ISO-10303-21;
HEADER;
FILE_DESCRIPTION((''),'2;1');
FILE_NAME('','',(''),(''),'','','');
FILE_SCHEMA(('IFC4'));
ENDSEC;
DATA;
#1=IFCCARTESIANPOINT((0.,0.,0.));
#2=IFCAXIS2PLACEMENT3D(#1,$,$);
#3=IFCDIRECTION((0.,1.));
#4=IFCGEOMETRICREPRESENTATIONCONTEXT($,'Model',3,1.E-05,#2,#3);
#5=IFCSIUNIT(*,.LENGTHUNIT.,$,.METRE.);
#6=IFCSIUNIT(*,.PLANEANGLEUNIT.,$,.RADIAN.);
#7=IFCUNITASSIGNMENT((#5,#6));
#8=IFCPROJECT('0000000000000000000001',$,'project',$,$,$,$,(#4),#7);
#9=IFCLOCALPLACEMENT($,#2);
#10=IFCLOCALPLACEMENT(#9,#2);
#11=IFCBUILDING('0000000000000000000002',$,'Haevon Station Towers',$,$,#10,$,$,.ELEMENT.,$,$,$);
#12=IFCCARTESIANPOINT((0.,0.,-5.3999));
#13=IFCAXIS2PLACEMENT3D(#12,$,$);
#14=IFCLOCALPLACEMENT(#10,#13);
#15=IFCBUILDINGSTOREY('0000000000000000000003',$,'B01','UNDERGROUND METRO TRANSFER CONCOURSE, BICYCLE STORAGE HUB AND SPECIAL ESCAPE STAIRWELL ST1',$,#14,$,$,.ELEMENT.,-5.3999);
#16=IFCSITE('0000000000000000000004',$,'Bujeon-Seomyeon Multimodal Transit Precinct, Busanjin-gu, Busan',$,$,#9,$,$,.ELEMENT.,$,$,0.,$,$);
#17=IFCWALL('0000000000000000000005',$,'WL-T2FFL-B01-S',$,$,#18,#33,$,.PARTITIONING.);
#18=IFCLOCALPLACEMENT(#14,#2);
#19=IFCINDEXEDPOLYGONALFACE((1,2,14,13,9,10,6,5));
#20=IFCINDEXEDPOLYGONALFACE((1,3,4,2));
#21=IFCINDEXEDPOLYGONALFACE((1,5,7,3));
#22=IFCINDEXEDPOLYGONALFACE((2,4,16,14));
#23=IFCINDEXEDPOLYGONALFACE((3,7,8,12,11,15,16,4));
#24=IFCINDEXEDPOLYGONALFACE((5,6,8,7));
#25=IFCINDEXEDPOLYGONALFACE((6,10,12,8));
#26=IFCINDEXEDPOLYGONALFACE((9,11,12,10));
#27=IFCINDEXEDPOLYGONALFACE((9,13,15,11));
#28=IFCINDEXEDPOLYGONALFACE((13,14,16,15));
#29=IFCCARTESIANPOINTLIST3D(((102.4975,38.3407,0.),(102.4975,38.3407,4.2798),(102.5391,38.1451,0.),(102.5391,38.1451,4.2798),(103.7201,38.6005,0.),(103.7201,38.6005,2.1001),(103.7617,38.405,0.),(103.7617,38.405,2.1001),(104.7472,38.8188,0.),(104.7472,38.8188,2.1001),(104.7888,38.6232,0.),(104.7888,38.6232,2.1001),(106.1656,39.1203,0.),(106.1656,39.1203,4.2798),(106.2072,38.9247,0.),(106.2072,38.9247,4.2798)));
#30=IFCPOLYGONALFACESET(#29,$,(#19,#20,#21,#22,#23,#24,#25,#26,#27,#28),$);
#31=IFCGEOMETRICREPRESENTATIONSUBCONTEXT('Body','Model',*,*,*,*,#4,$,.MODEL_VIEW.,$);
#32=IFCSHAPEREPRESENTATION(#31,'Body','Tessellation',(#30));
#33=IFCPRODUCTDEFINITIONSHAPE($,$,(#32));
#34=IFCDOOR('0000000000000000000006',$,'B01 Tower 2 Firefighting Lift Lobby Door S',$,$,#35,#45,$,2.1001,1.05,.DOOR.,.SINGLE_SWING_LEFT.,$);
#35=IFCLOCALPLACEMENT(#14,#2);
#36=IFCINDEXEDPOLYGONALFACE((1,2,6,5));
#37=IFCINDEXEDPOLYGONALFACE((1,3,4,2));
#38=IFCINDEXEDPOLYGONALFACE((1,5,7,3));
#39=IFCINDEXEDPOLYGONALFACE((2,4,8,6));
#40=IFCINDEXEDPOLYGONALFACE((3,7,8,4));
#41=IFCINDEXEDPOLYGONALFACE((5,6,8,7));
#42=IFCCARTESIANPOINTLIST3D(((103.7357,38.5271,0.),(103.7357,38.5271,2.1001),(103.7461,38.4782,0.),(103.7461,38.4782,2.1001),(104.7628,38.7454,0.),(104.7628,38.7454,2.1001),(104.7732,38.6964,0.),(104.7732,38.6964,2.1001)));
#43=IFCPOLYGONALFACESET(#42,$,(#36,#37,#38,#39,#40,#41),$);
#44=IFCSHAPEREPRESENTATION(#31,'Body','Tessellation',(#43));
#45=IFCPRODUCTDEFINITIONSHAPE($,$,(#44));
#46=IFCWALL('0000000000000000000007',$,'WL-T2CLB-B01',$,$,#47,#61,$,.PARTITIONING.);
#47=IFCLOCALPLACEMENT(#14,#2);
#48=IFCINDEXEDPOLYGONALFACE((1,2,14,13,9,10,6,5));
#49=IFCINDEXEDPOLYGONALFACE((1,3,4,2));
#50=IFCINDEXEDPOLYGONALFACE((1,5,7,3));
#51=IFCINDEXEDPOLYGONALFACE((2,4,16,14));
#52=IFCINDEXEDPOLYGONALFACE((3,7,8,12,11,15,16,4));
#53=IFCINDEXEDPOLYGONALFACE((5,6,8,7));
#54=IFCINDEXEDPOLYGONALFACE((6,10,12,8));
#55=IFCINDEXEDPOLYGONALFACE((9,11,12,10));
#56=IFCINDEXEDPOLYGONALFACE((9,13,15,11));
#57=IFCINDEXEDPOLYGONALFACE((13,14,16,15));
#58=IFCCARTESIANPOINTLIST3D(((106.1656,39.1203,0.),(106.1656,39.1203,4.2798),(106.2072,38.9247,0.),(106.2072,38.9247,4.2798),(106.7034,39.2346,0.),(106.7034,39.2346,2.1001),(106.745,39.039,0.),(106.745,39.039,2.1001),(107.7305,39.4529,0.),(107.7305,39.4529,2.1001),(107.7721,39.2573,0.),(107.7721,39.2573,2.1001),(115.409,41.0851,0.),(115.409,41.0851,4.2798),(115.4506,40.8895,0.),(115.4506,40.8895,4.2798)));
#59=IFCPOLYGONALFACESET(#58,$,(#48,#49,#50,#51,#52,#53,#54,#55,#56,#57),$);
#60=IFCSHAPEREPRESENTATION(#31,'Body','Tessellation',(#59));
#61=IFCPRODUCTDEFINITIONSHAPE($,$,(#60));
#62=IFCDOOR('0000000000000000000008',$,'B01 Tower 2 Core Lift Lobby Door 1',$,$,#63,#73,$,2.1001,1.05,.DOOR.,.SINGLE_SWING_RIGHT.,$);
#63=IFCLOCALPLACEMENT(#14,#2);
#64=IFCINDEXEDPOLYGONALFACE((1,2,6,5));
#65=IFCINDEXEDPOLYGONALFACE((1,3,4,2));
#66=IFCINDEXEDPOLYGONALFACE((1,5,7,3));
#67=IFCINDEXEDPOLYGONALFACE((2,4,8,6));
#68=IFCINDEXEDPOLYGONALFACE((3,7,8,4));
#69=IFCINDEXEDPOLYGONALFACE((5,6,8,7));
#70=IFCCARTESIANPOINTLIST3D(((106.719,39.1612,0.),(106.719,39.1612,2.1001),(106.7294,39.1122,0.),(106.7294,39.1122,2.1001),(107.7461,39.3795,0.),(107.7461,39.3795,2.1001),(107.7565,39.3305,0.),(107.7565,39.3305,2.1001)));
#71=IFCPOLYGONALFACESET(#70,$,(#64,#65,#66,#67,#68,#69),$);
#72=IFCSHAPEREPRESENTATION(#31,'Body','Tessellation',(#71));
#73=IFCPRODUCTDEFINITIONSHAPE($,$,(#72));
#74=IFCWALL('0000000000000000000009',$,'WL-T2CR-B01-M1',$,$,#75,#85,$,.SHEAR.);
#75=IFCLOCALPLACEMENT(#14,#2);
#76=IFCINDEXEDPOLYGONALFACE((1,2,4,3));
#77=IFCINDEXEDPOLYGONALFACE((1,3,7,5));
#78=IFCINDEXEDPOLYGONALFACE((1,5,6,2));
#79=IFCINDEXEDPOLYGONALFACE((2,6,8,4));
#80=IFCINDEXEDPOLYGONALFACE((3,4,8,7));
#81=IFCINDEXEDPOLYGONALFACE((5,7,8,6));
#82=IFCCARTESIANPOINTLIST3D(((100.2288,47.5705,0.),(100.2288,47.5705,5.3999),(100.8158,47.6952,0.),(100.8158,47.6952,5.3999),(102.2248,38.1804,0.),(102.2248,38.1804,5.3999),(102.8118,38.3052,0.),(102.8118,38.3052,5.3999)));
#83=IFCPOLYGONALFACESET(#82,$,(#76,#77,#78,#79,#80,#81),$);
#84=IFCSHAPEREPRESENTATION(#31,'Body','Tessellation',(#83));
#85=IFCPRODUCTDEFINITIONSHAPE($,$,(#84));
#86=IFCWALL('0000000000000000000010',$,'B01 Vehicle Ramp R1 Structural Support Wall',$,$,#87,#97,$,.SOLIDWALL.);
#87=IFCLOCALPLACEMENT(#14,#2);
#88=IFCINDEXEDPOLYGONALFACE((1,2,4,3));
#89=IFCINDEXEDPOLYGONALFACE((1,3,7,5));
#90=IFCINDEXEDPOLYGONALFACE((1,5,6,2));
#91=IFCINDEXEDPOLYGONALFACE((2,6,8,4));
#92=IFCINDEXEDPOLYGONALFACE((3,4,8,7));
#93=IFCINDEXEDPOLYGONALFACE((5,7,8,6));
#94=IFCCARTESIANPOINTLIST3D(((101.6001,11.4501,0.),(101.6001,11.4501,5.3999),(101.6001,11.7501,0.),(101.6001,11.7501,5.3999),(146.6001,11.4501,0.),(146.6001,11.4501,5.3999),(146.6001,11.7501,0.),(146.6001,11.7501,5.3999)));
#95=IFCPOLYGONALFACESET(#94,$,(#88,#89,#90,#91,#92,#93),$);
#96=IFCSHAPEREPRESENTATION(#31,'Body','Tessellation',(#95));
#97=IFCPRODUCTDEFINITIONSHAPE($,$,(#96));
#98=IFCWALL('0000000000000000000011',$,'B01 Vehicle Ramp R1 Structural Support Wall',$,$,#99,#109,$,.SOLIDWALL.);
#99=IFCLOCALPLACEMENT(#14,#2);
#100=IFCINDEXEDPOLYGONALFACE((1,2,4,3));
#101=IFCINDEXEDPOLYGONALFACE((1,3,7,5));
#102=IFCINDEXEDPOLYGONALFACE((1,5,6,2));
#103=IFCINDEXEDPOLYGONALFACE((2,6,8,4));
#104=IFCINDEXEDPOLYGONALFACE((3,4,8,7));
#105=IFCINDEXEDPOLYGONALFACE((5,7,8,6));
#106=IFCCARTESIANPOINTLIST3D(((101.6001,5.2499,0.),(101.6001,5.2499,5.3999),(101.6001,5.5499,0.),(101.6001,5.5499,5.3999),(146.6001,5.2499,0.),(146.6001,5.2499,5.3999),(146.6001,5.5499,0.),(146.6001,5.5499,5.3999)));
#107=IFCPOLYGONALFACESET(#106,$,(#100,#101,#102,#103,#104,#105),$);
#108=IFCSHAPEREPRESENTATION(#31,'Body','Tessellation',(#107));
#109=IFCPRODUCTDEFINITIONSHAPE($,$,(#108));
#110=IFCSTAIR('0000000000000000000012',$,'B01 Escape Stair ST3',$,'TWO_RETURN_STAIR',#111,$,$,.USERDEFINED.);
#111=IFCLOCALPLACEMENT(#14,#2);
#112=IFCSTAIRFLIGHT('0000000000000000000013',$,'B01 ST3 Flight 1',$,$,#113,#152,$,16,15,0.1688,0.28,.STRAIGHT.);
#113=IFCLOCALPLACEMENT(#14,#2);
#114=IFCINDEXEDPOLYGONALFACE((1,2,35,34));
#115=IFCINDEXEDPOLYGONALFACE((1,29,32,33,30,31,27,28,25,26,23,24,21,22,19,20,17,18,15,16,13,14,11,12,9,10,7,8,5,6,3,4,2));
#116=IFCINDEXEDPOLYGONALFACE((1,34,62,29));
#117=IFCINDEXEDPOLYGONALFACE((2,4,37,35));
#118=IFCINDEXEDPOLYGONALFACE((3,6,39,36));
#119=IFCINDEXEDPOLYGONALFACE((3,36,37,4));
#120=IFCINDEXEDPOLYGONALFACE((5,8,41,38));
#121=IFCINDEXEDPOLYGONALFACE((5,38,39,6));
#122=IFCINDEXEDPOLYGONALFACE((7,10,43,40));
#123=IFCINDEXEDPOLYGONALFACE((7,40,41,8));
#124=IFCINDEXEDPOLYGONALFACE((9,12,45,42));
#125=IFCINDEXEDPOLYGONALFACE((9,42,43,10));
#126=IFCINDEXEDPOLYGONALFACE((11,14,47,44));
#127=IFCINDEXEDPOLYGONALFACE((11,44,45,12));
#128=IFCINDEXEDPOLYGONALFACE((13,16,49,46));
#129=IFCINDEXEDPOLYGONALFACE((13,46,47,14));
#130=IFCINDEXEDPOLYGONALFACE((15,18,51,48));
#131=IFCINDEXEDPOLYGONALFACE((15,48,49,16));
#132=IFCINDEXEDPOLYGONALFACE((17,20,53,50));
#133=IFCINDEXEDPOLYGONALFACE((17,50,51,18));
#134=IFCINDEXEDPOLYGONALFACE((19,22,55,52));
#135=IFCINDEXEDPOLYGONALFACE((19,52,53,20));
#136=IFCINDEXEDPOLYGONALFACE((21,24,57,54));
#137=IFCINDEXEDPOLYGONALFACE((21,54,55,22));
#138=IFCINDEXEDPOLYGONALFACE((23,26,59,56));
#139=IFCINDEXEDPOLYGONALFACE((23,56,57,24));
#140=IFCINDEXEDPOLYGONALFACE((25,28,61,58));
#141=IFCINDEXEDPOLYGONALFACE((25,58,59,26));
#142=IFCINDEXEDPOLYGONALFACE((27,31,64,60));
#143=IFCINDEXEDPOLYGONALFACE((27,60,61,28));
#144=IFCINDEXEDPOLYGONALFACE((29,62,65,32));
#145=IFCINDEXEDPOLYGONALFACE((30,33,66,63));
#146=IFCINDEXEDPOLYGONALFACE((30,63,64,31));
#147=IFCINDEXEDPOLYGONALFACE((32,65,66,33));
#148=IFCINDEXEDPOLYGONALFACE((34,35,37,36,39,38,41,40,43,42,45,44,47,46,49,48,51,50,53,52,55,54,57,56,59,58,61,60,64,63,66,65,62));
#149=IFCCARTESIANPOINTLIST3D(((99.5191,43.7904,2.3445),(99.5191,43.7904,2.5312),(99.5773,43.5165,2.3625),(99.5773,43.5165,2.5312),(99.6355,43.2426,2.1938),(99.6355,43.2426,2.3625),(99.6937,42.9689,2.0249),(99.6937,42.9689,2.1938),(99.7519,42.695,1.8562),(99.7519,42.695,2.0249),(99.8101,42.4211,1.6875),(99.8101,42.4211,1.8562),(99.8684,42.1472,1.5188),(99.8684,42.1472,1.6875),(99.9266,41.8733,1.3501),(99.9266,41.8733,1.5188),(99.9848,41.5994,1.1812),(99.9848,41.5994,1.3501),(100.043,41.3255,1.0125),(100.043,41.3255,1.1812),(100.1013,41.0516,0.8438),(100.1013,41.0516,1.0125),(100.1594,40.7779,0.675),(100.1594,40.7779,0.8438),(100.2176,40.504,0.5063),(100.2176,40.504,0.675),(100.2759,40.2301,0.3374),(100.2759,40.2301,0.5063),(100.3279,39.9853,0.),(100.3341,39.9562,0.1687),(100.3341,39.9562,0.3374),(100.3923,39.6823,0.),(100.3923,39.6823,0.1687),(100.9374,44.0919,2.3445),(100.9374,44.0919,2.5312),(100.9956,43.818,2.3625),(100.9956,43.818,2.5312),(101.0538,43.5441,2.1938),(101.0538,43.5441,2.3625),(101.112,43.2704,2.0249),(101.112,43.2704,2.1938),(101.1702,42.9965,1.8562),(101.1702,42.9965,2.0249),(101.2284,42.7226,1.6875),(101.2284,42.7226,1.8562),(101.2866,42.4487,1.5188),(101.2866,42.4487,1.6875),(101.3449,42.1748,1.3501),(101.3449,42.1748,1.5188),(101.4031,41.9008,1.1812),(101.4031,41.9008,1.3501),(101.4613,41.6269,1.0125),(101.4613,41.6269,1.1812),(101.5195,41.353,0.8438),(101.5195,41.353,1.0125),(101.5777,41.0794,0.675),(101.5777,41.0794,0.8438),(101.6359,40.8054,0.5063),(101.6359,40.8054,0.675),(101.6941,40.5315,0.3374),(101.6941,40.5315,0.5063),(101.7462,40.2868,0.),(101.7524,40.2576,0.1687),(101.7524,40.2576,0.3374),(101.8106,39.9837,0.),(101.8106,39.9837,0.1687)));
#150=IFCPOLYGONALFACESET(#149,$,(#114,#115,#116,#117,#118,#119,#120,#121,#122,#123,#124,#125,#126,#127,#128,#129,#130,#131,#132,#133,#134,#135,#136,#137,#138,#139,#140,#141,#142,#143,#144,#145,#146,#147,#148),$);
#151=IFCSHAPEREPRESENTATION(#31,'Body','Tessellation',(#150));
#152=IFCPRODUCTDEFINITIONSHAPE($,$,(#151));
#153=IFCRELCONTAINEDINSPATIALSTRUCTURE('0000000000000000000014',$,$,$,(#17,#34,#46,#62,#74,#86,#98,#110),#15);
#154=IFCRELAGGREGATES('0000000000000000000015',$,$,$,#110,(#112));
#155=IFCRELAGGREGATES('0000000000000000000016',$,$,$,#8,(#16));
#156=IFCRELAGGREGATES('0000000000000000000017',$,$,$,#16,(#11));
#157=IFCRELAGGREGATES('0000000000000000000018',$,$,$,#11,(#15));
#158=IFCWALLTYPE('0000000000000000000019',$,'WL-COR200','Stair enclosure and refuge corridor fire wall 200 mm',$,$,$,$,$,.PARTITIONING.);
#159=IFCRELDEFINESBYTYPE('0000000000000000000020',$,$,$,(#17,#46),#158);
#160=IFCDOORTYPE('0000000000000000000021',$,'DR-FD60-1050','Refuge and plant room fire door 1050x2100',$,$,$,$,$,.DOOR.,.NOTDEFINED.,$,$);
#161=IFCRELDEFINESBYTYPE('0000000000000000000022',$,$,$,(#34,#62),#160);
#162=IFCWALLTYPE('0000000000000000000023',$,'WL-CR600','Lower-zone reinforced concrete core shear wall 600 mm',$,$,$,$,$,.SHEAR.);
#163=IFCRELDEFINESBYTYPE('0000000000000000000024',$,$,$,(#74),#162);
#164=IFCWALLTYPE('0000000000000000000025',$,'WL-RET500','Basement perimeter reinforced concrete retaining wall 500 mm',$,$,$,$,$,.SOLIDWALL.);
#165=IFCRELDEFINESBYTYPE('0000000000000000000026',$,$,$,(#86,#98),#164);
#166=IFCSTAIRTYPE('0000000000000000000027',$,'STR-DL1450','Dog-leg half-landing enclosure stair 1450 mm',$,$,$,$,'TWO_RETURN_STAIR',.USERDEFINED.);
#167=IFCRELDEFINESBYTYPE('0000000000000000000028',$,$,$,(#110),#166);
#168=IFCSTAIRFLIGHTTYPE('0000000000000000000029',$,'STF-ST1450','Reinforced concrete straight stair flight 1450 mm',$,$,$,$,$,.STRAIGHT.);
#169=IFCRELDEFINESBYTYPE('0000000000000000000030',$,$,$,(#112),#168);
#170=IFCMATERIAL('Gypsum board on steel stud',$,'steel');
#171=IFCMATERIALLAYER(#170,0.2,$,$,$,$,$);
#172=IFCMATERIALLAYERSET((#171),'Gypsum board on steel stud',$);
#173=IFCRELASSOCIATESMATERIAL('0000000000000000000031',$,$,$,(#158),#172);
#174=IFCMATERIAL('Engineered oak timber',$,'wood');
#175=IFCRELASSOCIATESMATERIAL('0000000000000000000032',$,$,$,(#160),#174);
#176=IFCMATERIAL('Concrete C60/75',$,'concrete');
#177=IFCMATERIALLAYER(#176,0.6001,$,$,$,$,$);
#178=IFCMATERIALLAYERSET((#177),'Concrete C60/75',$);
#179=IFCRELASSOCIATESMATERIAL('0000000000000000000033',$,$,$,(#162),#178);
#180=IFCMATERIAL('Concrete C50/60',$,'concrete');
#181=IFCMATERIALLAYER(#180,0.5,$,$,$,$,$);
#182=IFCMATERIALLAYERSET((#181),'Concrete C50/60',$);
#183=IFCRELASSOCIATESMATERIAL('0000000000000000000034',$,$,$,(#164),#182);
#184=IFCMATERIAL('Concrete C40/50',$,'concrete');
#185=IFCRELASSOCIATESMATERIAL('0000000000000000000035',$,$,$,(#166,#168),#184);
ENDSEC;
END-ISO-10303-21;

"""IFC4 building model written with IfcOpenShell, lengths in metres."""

from ifc_helpers import new_model, si_unit, direction, frame, frame_2d, origin, place, context, subcontext, project, spatial, polyline, rectangle, outline, extrude, material, layer, layer_set, type_object, element, fill, aggregate, save


model = new_model("IFC4")

# Units and contexts
model_context = context("Model", 3, precision=1e-05, world=origin(), true_north=direction((0.0, 1.0)))
body_context = subcontext(model_context, "Body", "Model", "MODEL_VIEW")
ifc_project = project(units=[si_unit("LENGTHUNIT", "METRE"), si_unit("PLANEANGLEUNIT", "RADIAN")], contexts=[model_context])

# Site, building, storey
site_placement = place(None, origin())
site = spatial("IfcSite", under=ifc_project, at=site_placement, Name="Bujeon-Seomyeon Multimodal Transit Precinct, Busanjin-gu, Busan", CompositionType="ELEMENT", RefElevation=0.0)
building_placement = place(site_placement, origin())
building = spatial("IfcBuilding", under=site, at=building_placement, Name="Haevon Station Towers", CompositionType="ELEMENT")
storey_placement = place(building_placement, frame((0.0, 0.0, -5.3999)))
storey = spatial("IfcBuildingStorey", under=building, at=storey_placement, Name="B01", Description="UNDERGROUND METRO TRANSFER CONCOURSE, BICYCLE STORAGE HUB AND SPECIAL ESCAPE STAIRWELL ST1", CompositionType="ELEMENT", Elevation=-5.3999)

# Shared definitions
ifc_material_1 = material(Name="Concrete C40/50", Category="concrete")

# Walls, openings, doors
ifc_material_2 = material(Name="Gypsum board on steel stud", Category="steel")
ifc_layer_1 = layer(ifc_material_2, 0.2)
ifc_layer_set_1 = layer_set([ifc_layer_1], Name="Gypsum board on steel stud")
wall_type_1 = type_object("IfcWallType", Name="WL-COR200", Description="Stair enclosure and refuge corridor fire wall 200 mm", PredefinedType="PARTITIONING", material=ifc_layer_set_1)
ifc_material_3 = material(Name="Engineered oak timber", Category="wood")
door_type = type_object("IfcDoorType", Name="DR-FD60-1050", Description="Refuge and plant room fire door 1050x2100", OperationType="NOTDEFINED", PredefinedType="DOOR", material=ifc_material_3)
wall_1_placement = place(storey_placement, frame((102.5183, 38.2429, 0.0), z_axis=(0.0, 0.0, 1.0), x_axis=(0.978154, 0.207884, 0.0)))
wall_1 = element("IfcWall", 1, at=wall_1_placement, inside=storey, type_object=wall_type_1, Name="WL-T2FFL-B01-S", PredefinedType="PARTITIONING", context=body_context, shape_type="SweptSolid", body=[
    extrude(rectangle(XDim=3.75, YDim=0.2, at=frame_2d((1.875, 0.0))), origin(), (0.0, 0.0, 1.0), 4.2798),
])
opening_1_placement = place(wall_1_placement, frame((1.25, 0.0, 0.0)))
opening_1 = element("IfcOpeningElement", 2, at=opening_1_placement, cuts=wall_1, PredefinedType="OPENING", context=body_context, shape_type="SweptSolid", body=[
    extrude(rectangle(XDim=1.05, YDim=2.1001, at=frame_2d((0.5249, 1.05))), frame((0.0, 0.1099, 0.0), z_axis=(0.0, -1.0, 0.0), x_axis=(1.0, 0.0, 0.0)), (0.0, 0.0, 1.0), 0.22),
])
door_1_placement = place(opening_1_placement, origin())
door_1 = element("IfcDoor", 3, at=door_1_placement, inside=storey, type_object=door_type, Name="B01 Tower 2 Firefighting Lift Lobby Door S", OperationType="SINGLE_SWING_LEFT", OverallHeight=2.1001, OverallWidth=1.05, PredefinedType="DOOR", context=body_context, shape_type="SweptSolid", body=[
    extrude(rectangle(XDim=1.05, YDim=2.1001, at=frame_2d((0.5249, 1.05))), frame((0.0, 0.0249, 0.0), z_axis=(0.0, -1.0, 0.0), x_axis=(1.0, 0.0, 0.0)), (0.0, 0.0, 1.0), 0.05),
])
fill(opening_1, door_1)
wall_2_placement = place(storey_placement, frame((106.1863, 39.0225, 0.0), z_axis=(0.0, 0.0, 1.0), x_axis=(0.978146, 0.207921, 0.0)))
wall_2 = element("IfcWall", 4, at=wall_2_placement, inside=storey, type_object=wall_type_1, Name="WL-T2CLB-B01", PredefinedType="PARTITIONING", context=body_context, shape_type="SweptSolid", body=[
    extrude(rectangle(XDim=9.45, YDim=0.2, at=frame_2d((4.7251, 0.0))), origin(), (0.0, 0.0, 1.0), 4.2798),
])
opening_2_placement = place(wall_2_placement, frame((0.55, 0.0, 0.0)))
opening_2 = element("IfcOpeningElement", 5, at=opening_2_placement, cuts=wall_2, PredefinedType="OPENING", context=body_context, shape_type="SweptSolid", body=[
    extrude(rectangle(XDim=1.05, YDim=2.1001, at=frame_2d((0.5249, 1.05))), frame((0.0, 0.1099, 0.0), z_axis=(0.0, -1.0, 0.0), x_axis=(1.0, 0.0, 0.0)), (0.0, 0.0, 1.0), 0.22),
])
door_2_placement = place(opening_2_placement, origin())
door_2 = element("IfcDoor", 6, at=door_2_placement, inside=storey, type_object=door_type, Name="B01 Tower 2 Core Lift Lobby Door 1", OperationType="SINGLE_SWING_RIGHT", OverallHeight=2.1001, OverallWidth=1.05, PredefinedType="DOOR", context=body_context, shape_type="SweptSolid", body=[
    extrude(rectangle(XDim=1.05, YDim=2.1001, at=frame_2d((0.5249, 1.05))), frame((0.0, 0.0249, 0.0), z_axis=(0.0, -1.0, 0.0), x_axis=(1.0, 0.0, 0.0)), (0.0, 0.0, 1.0), 0.05),
])
fill(opening_2, door_2)

# Walls
ifc_material_4 = material(Name="Concrete C60/75", Category="concrete")
ifc_layer_2 = layer(ifc_material_4, 0.6001)
ifc_layer_set_2 = layer_set([ifc_layer_2], Name="Concrete C60/75")
wall_type_2 = type_object("IfcWallType", Name="WL-CR600", Description="Lower-zone reinforced concrete core shear wall 600 mm", PredefinedType="SHEAR", material=ifc_layer_set_2)
wall_3_placement = place(storey_placement, frame((102.5183, 38.2429, 0.0), z_axis=(0.0, 0.0, 1.0), x_axis=(-0.207927, 0.978144, 0.0)))
element("IfcWall", 7, at=wall_3_placement, inside=storey, type_object=wall_type_2, Name="WL-T2CR-B01-M1", PredefinedType="SHEAR", context=body_context, shape_type="SweptSolid", body=[
    extrude(rectangle(XDim=9.5999, YDim=0.6001, at=frame_2d((4.7998, 0.0))), origin(), (0.0, 0.0, 1.0), 5.3999),
])
ifc_material_5 = material(Name="Concrete C50/60", Category="concrete")
ifc_layer_3 = layer(ifc_material_5, 0.5)
ifc_layer_set_3 = layer_set([ifc_layer_3], Name="Concrete C50/60")
wall_type_3 = type_object("IfcWallType", Name="WL-RET500", Description="Basement perimeter reinforced concrete retaining wall 500 mm", PredefinedType="SOLIDWALL", material=ifc_layer_set_3)
for number, where, z_axis, x_axis, name in (
    (8, (101.6001, 11.6001, 0.0), (0.0, 0.0, 1.0), (1.0, 0.0, 0.0), "B01 Vehicle Ramp R1 Structural Support Wall"),
    (9, (101.6001, 5.3999, 0.0), (0.0, 0.0, 1.0), (1.0, 0.0, 0.0), "B01 Vehicle Ramp R1 Structural Support Wall"),
):
    element("IfcWall", number, at=place(storey_placement, frame(where, z_axis=z_axis, x_axis=x_axis)), inside=storey, type_object=wall_type_3, Name=name, PredefinedType="SOLIDWALL", context=body_context, shape_type="SweptSolid", body=[
        extrude(rectangle(XDim=45.0, YDim=0.3, at=frame_2d((22.5, 0.0))), origin(), (0.0, 0.0, 1.0), 5.3999),
    ])

# Stair, stair flight
stair_type = type_object("IfcStairType", Name="STR-DL1450", Description="Dog-leg half-landing enclosure stair 1450 mm", ElementType="TWO_RETURN_STAIR", PredefinedType="USERDEFINED", material=ifc_material_1)
stair_placement = place(storey_placement, origin())
stair = element("IfcStair", 10, at=stair_placement, inside=storey, type_object=stair_type, Name="B01 Escape Stair ST3", ObjectType="TWO_RETURN_STAIR", PredefinedType="USERDEFINED")
stair_flight_type = type_object("IfcStairFlightType", Name="STF-ST1450", Description="Reinforced concrete straight stair flight 1450 mm", PredefinedType="STRAIGHT", material=ifc_material_1)
stair_flight_placement = place(storey_placement, frame((101.1016, 39.833, 0.0), z_axis=(0.0, 0.0, 1.0), x_axis=(-0.207912, 0.978148, 0.0)))
stair_flight = element("IfcStairFlight", 11, at=stair_flight_placement, type_object=stair_flight_type, Name="B01 ST3 Flight 1", NumberOfRisers=16, NumberOfTreads=15, PredefinedType="STRAIGHT", RiserHeight=0.1688, TreadLength=0.28, context=body_context, shape_type="SweptSolid", body=[
    extrude(outline(polyline([(0.0, 0.0), (0.0, 0.1687), (0.28, 0.1687), (0.28, 0.3374), (0.5601, 0.3374), (0.5601, 0.5063), (0.8401, 0.5063), (0.8401, 0.675), (1.1201, 0.675), (1.1201, 0.8438), (1.3999, 0.8438), (1.3999, 1.0125), (1.6799, 1.0125), (1.6799, 1.1812), (1.96, 1.1812), (1.96, 1.3501), (2.24, 1.3501), (2.24, 1.5188), (2.52, 1.5188), (2.52, 1.6875), (2.8, 1.6875), (2.8, 1.8562), (3.0801, 1.8562), (3.0801, 2.0249), (3.3601, 2.0249), (3.3601, 2.1938), (3.6399, 2.1938), (3.6399, 2.3625), (3.9199, 2.3625), (3.9199, 2.5312), (4.2, 2.5312), (4.2, 2.7), (4.2, 2.3445), (0.3098, 0.0), (0.0, 0.0)])), frame((0.0, 0.7251, 0.0), z_axis=(0.0, -1.0, 0.0), x_axis=(1.0, 0.0, 0.0)), (0.0, 0.0, 1.0), 1.45),
])
aggregate(stair, [stair_flight])

save(model, "model.ifc")
